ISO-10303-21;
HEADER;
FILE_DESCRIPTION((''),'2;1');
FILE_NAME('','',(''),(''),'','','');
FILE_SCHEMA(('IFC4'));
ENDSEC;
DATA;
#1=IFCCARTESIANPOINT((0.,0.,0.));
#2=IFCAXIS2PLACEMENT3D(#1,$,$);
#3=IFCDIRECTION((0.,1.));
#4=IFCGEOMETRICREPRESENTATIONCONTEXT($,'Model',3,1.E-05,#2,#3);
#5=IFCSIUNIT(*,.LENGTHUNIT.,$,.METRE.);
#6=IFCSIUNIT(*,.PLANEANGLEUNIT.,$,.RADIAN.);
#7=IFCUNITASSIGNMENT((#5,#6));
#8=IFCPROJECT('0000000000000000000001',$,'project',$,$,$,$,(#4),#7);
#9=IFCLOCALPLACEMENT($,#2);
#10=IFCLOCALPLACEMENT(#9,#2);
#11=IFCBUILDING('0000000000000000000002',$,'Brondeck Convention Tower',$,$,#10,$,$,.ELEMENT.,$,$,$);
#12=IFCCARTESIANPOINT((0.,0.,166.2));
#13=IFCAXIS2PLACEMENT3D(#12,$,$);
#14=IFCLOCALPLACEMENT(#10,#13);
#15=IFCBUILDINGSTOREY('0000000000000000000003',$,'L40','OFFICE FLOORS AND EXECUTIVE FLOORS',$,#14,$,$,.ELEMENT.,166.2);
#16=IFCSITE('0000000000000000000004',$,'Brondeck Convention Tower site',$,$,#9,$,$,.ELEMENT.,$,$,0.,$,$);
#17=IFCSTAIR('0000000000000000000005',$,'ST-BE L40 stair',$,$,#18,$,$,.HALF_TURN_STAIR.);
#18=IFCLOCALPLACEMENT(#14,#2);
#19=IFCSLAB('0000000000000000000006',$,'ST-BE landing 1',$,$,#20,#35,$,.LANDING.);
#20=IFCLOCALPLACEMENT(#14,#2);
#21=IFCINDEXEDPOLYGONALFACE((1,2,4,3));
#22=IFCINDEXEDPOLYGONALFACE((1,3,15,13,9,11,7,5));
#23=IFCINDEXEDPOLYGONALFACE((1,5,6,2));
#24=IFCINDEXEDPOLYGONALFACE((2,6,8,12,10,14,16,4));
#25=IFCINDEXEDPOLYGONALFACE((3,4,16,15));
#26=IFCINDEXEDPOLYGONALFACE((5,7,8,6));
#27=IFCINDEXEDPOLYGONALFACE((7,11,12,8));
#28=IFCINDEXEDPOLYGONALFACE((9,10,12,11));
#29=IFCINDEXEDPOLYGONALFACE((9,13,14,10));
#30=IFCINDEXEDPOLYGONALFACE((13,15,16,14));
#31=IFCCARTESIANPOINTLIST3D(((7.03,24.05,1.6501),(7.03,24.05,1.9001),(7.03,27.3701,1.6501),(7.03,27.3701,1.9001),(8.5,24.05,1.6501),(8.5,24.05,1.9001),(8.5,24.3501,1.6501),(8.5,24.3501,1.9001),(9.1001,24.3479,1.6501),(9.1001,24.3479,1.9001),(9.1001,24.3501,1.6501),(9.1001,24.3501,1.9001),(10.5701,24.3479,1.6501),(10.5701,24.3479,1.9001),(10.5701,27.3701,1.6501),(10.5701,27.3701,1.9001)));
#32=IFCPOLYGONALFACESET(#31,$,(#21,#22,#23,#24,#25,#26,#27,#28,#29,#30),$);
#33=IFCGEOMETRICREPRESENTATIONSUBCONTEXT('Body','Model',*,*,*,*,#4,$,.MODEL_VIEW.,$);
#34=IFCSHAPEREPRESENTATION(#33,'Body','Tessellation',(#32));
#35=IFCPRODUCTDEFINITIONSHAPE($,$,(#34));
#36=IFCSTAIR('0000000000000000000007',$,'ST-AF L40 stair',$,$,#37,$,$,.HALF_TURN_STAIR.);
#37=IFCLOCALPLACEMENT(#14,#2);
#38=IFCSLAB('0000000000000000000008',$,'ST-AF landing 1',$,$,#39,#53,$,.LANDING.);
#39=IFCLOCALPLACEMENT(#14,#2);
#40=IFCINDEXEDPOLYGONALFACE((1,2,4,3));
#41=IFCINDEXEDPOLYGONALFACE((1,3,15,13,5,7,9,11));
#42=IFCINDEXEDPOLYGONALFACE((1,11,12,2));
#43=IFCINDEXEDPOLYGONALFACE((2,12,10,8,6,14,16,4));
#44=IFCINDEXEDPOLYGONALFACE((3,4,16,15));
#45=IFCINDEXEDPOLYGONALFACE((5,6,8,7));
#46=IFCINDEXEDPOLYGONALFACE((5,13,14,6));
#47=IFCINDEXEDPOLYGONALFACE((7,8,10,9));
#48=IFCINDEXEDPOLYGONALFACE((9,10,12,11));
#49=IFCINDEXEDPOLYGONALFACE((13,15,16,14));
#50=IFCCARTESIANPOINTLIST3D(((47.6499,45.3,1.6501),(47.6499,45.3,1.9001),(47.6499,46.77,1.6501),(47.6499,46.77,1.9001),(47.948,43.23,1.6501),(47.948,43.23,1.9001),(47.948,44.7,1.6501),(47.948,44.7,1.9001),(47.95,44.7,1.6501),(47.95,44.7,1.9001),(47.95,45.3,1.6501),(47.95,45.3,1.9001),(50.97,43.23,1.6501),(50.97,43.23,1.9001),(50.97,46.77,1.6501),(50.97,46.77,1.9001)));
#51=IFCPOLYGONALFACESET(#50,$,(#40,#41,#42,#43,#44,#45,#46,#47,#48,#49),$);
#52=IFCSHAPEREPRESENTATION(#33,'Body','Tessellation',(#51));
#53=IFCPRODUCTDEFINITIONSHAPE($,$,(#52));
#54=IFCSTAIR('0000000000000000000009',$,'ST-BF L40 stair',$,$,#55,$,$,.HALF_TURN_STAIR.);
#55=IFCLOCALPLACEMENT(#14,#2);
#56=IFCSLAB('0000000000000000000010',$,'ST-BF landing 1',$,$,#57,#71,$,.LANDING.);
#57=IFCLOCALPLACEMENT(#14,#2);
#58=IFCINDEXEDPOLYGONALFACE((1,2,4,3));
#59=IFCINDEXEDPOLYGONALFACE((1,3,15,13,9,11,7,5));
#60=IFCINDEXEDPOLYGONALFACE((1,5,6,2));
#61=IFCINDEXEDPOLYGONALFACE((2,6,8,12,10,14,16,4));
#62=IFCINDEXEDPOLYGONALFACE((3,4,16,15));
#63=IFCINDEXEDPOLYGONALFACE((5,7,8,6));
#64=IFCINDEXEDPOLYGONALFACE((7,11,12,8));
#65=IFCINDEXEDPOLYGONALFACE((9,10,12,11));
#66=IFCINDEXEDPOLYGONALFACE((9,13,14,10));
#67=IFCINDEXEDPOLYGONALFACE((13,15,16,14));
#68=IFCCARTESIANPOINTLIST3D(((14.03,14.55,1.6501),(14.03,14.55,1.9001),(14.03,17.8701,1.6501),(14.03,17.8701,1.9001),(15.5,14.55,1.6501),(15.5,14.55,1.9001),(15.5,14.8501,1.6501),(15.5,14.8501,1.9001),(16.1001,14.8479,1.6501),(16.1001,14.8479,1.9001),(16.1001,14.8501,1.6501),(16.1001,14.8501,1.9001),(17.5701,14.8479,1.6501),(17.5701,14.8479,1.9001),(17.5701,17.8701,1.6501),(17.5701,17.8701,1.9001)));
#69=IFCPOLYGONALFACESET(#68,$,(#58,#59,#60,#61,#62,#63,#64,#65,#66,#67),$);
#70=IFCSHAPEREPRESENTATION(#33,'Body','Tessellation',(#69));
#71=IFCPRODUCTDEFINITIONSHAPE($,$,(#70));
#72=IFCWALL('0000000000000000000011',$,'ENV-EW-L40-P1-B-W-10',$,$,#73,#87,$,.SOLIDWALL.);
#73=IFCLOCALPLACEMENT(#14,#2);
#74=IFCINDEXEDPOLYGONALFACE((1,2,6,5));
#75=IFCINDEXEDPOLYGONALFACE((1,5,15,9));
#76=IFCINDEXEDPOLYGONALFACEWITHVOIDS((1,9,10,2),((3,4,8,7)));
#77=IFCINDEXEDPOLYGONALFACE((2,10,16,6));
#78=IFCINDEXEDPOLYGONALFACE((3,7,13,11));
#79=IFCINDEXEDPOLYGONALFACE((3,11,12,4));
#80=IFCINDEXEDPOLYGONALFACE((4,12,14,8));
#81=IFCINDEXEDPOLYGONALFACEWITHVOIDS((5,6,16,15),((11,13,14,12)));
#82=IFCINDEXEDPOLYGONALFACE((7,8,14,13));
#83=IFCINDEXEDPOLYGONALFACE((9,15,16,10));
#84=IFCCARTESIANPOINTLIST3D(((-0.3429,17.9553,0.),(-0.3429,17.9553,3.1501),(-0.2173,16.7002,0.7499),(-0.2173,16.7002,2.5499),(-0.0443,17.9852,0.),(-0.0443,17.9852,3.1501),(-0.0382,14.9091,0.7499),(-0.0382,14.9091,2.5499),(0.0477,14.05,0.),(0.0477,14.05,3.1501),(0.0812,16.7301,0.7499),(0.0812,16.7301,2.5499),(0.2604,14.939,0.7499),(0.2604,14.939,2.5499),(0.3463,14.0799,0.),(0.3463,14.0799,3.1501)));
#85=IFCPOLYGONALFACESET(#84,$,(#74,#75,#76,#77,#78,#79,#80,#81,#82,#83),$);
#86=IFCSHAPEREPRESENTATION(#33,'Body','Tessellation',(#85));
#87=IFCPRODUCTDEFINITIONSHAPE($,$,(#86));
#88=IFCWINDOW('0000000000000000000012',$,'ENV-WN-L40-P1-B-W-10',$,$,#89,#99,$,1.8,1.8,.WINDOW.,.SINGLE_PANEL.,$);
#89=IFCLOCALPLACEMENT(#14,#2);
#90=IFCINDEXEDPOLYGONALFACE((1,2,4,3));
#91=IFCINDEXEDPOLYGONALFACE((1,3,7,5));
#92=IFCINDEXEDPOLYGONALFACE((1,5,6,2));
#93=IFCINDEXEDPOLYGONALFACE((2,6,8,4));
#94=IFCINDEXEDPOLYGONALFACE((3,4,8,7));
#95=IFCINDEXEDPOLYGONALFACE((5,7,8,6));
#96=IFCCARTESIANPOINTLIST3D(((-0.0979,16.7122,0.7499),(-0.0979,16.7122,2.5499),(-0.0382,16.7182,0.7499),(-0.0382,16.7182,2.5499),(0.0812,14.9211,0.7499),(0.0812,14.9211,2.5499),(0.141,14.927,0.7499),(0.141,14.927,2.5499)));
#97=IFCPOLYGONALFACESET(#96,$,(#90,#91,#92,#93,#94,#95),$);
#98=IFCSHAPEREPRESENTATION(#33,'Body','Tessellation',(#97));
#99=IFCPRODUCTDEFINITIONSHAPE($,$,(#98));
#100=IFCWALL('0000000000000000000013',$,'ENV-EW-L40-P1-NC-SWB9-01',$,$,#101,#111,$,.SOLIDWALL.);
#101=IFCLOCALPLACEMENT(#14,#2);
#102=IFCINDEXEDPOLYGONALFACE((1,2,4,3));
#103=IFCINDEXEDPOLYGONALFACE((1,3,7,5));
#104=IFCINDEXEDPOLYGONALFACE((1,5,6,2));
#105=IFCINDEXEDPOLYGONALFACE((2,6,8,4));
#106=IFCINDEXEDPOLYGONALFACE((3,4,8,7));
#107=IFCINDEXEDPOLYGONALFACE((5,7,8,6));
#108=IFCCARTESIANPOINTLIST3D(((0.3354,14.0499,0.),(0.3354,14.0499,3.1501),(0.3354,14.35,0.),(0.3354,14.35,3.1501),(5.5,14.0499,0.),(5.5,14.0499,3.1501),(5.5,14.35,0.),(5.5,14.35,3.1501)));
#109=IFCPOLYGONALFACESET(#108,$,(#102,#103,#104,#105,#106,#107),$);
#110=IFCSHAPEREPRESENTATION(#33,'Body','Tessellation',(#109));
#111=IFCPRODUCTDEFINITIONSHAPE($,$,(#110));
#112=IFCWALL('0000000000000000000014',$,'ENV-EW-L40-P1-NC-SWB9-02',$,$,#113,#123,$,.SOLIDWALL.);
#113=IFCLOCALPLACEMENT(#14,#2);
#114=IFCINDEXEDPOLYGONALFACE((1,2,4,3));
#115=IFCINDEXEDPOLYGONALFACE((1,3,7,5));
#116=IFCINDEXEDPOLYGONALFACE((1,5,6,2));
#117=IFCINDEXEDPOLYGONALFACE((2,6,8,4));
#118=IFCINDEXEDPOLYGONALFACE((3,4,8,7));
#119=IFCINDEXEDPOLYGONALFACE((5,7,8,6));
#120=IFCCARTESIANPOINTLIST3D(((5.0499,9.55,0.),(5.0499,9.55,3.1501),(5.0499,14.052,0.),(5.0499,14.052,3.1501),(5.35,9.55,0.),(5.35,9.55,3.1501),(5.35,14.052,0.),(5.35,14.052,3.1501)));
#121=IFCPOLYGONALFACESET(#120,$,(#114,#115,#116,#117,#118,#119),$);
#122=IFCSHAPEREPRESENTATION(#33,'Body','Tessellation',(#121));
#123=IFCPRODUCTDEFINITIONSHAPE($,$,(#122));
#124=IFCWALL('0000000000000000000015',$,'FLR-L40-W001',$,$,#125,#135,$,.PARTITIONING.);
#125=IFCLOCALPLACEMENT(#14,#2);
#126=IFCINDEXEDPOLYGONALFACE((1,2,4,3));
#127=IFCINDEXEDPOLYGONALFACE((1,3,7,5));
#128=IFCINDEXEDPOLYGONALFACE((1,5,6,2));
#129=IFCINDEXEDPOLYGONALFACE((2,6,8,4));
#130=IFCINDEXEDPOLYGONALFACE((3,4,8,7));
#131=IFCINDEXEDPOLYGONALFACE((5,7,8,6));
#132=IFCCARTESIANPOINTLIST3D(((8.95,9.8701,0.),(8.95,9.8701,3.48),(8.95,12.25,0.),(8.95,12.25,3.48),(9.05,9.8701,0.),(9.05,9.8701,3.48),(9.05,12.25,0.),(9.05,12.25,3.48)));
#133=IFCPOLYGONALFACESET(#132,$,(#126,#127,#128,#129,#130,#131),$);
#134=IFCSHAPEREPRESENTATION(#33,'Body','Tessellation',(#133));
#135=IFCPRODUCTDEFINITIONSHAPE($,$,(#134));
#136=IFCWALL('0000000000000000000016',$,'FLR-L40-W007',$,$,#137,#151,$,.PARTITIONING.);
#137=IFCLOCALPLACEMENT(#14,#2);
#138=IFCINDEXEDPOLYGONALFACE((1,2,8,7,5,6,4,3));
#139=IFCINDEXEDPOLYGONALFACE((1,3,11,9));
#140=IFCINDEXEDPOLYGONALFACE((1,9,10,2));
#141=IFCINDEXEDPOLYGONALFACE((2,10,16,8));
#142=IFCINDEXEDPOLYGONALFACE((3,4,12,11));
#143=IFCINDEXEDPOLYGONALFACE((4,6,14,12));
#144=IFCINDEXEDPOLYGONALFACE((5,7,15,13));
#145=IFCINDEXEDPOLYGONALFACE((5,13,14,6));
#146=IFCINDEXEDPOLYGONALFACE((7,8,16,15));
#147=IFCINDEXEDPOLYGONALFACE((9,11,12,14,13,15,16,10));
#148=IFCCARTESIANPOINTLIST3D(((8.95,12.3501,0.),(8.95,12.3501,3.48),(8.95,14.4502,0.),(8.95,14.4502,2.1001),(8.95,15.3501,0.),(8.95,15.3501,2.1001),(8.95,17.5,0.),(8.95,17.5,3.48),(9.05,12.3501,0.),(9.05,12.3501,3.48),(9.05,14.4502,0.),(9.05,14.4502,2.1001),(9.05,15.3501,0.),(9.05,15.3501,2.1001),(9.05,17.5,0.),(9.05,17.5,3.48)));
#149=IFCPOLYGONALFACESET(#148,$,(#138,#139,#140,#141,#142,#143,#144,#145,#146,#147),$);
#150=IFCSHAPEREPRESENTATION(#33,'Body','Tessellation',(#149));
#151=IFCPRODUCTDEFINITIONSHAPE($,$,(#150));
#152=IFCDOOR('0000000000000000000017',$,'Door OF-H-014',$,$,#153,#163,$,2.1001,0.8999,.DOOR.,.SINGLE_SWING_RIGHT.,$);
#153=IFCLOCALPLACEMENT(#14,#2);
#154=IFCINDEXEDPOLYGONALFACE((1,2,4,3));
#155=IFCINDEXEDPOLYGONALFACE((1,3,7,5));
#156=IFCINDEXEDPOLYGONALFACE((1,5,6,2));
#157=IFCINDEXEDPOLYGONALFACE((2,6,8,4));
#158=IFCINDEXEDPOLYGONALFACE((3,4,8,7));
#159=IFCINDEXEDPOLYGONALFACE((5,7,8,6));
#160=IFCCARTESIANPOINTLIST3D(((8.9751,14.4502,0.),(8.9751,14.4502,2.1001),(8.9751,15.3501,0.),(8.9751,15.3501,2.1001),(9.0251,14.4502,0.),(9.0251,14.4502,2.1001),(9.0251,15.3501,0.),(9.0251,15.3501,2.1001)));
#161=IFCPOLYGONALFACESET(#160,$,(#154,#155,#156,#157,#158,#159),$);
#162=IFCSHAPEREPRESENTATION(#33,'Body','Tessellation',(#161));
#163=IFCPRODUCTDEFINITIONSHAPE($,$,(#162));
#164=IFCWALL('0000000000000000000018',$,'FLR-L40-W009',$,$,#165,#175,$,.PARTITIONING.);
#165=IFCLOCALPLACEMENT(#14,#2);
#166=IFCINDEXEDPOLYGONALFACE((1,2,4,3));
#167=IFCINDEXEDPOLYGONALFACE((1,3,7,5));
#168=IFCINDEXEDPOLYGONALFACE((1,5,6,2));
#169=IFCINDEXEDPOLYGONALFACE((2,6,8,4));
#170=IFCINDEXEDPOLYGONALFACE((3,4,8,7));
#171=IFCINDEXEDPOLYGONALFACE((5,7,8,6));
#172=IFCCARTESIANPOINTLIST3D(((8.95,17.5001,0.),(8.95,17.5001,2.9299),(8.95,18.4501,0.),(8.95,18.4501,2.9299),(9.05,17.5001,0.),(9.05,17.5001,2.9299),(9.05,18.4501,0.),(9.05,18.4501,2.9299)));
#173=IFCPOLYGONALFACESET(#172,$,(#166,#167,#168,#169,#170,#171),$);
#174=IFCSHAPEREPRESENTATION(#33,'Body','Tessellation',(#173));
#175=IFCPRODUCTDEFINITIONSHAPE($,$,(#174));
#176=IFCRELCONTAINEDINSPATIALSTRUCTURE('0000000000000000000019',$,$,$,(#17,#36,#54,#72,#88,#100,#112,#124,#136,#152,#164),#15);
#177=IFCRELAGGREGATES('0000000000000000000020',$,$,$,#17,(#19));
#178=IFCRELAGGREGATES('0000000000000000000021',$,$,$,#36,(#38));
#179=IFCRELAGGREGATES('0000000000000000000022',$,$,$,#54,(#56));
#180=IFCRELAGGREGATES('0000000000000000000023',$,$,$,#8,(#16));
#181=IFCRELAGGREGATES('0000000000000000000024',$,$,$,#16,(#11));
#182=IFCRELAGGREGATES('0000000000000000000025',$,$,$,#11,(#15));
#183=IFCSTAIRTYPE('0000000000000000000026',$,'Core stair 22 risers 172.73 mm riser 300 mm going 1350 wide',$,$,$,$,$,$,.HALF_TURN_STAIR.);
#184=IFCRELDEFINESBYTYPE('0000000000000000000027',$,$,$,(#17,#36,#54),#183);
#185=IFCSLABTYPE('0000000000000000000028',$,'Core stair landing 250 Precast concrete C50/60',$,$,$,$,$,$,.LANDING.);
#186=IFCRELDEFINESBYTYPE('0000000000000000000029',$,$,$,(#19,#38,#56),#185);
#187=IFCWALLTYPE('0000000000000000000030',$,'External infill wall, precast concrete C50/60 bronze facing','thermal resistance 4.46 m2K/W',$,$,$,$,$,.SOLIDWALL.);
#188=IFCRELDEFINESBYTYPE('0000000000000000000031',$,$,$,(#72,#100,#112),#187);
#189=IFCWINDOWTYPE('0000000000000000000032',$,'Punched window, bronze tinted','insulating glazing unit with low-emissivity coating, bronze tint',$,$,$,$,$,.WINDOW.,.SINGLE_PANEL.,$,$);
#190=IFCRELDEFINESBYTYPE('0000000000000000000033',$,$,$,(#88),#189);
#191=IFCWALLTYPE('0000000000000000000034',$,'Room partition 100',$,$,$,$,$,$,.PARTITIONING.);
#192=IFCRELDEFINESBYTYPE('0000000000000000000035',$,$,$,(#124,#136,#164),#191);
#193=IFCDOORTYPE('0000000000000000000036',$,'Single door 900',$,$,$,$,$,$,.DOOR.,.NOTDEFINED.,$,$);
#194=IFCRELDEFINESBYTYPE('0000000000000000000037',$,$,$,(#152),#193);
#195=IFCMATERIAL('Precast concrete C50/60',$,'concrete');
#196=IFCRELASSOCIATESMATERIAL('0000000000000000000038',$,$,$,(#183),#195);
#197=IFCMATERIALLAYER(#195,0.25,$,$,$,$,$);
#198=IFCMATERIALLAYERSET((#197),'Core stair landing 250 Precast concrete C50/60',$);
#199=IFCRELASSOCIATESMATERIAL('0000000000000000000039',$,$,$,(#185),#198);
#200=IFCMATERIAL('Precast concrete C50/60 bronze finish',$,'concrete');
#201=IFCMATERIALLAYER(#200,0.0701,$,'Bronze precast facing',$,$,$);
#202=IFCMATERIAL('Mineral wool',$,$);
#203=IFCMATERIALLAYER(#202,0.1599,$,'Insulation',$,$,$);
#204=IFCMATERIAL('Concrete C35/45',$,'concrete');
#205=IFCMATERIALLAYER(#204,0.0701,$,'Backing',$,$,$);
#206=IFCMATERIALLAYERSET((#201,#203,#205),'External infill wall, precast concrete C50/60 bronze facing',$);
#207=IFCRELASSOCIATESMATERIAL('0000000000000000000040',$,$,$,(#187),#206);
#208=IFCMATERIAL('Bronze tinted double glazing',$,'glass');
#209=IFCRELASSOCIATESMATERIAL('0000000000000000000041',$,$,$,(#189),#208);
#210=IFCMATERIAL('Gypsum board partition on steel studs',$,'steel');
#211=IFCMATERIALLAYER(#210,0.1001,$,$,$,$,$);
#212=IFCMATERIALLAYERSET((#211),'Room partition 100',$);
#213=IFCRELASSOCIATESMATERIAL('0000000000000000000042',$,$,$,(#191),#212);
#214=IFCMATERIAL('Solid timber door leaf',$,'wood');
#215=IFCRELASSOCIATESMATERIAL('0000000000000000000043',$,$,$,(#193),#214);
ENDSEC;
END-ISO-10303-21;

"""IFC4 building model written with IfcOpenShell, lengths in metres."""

from ifc_helpers import new_model, si_unit, direction, frame, frame_2d, origin, place, context, subcontext, project, spatial, polyline, rectangle, outline, extrude, material, layer, layer_set, type_object, element, fill, aggregate, save


model = new_model("IFC4")

# Units and contexts
model_context = context("Model", 3, precision=1e-05, world=origin(), true_north=direction((0.0, 1.0)))
body_context = subcontext(model_context, "Body", "Model", "MODEL_VIEW")
ifc_project = project(units=[si_unit("LENGTHUNIT", "METRE"), si_unit("PLANEANGLEUNIT", "RADIAN")], contexts=[model_context])

# Site, building, storey
site_placement = place(None, origin())
site = spatial("IfcSite", under=ifc_project, at=site_placement, Name="Brondeck Convention Tower site", CompositionType="ELEMENT", RefElevation=0.0)
building_placement = place(site_placement, origin())
building = spatial("IfcBuilding", under=site, at=building_placement, Name="Brondeck Convention Tower", CompositionType="ELEMENT")
storey_placement = place(building_placement, frame((0.0, 0.0, 166.2)))
storey = spatial("IfcBuildingStorey", under=building, at=storey_placement, Name="L40", Description="OFFICE FLOORS AND EXECUTIVE FLOORS", CompositionType="ELEMENT", Elevation=166.2)

# Shared definitions
ifc_material_1 = material(Name="Concrete C35/45", Category="concrete")

# Stairs, slabs
ifc_material_2 = material(Name="Precast concrete C50/60", Category="concrete")
stair_type = type_object("IfcStairType", Name="Core stair 22 risers 172.73 mm riser 300 mm going 1350 wide", PredefinedType="HALF_TURN_STAIR", material=ifc_material_2)
ifc_layer_1 = layer(ifc_material_2, 0.25)
ifc_layer_set_1 = layer_set([ifc_layer_1], Name="Core stair landing 250 Precast concrete C50/60")
slab_type_1 = type_object("IfcSlabType", Name="Core stair landing 250 Precast concrete C50/60", PredefinedType="LANDING", material=ifc_layer_set_1)
stair_1_placement = place(storey_placement, origin())
stair_1 = element("IfcStair", 1, at=stair_1_placement, inside=storey, type_object=stair_type, Name="ST-BE L40 stair", PredefinedType="HALF_TURN_STAIR")
slab_1_placement = place(storey_placement, frame((0.0, 0.0, 1.6501)))
slab_1 = element("IfcSlab", 2, at=slab_1_placement, type_object=slab_type_1, Name="ST-BE landing 1", PredefinedType="LANDING", context=body_context, shape_type="SweptSolid", body=[
    extrude(outline(polyline([(7.03, 24.05), (7.03, 27.3701), (10.5701, 27.3701), (10.5701, 24.3479), (9.1001, 24.3479), (9.1001, 24.3501), (8.5, 24.3501), (8.5, 24.05), (7.03, 24.05)])), origin(), (0.0, 0.0, 1.0), 0.25),
])
aggregate(stair_1, [slab_1])
stair_2_placement = place(storey_placement, origin())
stair_2 = element("IfcStair", 3, at=stair_2_placement, inside=storey, type_object=stair_type, Name="ST-AF L40 stair", PredefinedType="HALF_TURN_STAIR")
slab_2_placement = place(storey_placement, frame((0.0, 0.0, 1.6501)))
slab_2 = element("IfcSlab", 4, at=slab_2_placement, type_object=slab_type_1, Name="ST-AF landing 1", PredefinedType="LANDING", context=body_context, shape_type="SweptSolid", body=[
    extrude(outline(polyline([(47.948, 44.7), (47.95, 44.7), (47.95, 45.3), (47.6499, 45.3), (47.6499, 46.77), (50.97, 46.77), (50.97, 43.23), (47.948, 43.23), (47.948, 44.7)])), origin(), (0.0, 0.0, 1.0), 0.25),
])
aggregate(stair_2, [slab_2])
stair_3_placement = place(storey_placement, origin())
stair_3 = element("IfcStair", 5, at=stair_3_placement, inside=storey, type_object=stair_type, Name="ST-BF L40 stair", PredefinedType="HALF_TURN_STAIR")
slab_3_placement = place(storey_placement, frame((0.0, 0.0, 1.6501)))
slab_3 = element("IfcSlab", 6, at=slab_3_placement, type_object=slab_type_1, Name="ST-BF landing 1", PredefinedType="LANDING", context=body_context, shape_type="SweptSolid", body=[
    extrude(outline(polyline([(14.03, 14.55), (14.03, 17.8701), (17.5701, 17.8701), (17.5701, 14.8479), (16.1001, 14.8479), (16.1001, 14.8501), (15.5, 14.8501), (15.5, 14.55), (14.03, 14.55)])), origin(), (0.0, 0.0, 1.0), 0.25),
])
aggregate(stair_3, [slab_3])

# Wall, opening, window
ifc_material_3 = material(Name="Precast concrete C50/60 bronze finish", Category="concrete")
ifc_layer_2 = layer(ifc_material_3, 0.0701, Name="Bronze precast facing")
ifc_material_4 = material(Name="Mineral wool")
ifc_layer_3 = layer(ifc_material_4, 0.1599, Name="Insulation")
ifc_layer_4 = layer(ifc_material_1, 0.0701, Name="Backing")
ifc_layer_set_2 = layer_set([ifc_layer_2, ifc_layer_3, ifc_layer_4], Name="External infill wall, precast concrete C50/60 bronze facing")
wall_type_1 = type_object("IfcWallType", Name="External infill wall, precast concrete C50/60 bronze facing", Description="thermal resistance 4.46 m2K/W", PredefinedType="SOLIDWALL", material=ifc_layer_set_2)
wall_1_placement = place(storey_placement, frame((0.197, 14.0649, 0.0), z_axis=(0.0, 0.0, 1.0), x_axis=(-0.099528, 0.995035, 0.0)))
wall_1 = element("IfcWall", 7, at=wall_1_placement, inside=storey, type_object=wall_type_1, Name="ENV-EW-L40-P1-B-W-10", PredefinedType="SOLIDWALL", context=body_context, shape_type="SweptSolid", body=[
    extrude(rectangle(XDim=3.9248, YDim=0.3, at=frame_2d((1.9624, 0.0))), origin(), (0.0, 0.0, 1.0), 3.1501),
])
opening_1_placement = place(wall_1_placement, frame((0.8635, 0.0, 0.75)))
opening_1 = element("IfcOpeningElement", 8, at=opening_1_placement, cuts=wall_1, PredefinedType="OPENING", context=body_context, shape_type="SweptSolid", body=[
    extrude(rectangle(XDim=1.8, YDim=1.8, at=frame_2d((0.8999, 0.8999))), frame((0.0, 0.1599, 0.0), z_axis=(0.0, -1.0, 0.0), x_axis=(1.0, 0.0, 0.0)), (0.0, 0.0, 1.0), 0.3201),
])
ifc_material_5 = material(Name="Bronze tinted double glazing", Category="glass")
window_type = type_object("IfcWindowType", Name="Punched window, bronze tinted", Description="insulating glazing unit with low-emissivity coating, bronze tint", PartitioningType="SINGLE_PANEL", PredefinedType="WINDOW", material=ifc_material_5)
window_placement = place(opening_1_placement, origin())
window = element("IfcWindow", 9, at=window_placement, inside=storey, type_object=window_type, Name="ENV-WN-L40-P1-B-W-10", OverallHeight=1.8, OverallWidth=1.8, PartitioningType="SINGLE_PANEL", PredefinedType="WINDOW", context=body_context, shape_type="SweptSolid", body=[
    extrude(rectangle(XDim=1.8, YDim=1.8, at=frame_2d((0.8999, 0.8999))), frame((0.0, 0.03, 0.0), z_axis=(0.0, -1.0, 0.0), x_axis=(1.0, 0.0, 0.0)), (0.0, 0.0, 1.0), 0.0601),
])
fill(opening_1, window)

# Walls
wall_2_placement = place(storey_placement, frame((5.5, 14.2, 0.0), z_axis=(0.0, 0.0, 1.0), x_axis=(-1.0, 0.0, 0.0)))
element("IfcWall", 10, at=wall_2_placement, inside=storey, type_object=wall_type_1, Name="ENV-EW-L40-P1-NC-SWB9-01", PredefinedType="SOLIDWALL", context=body_context, shape_type="SweptSolid", body=[
    extrude(rectangle(XDim=5.1646, YDim=0.3, at=frame_2d((2.5823, 0.0))), origin(), (0.0, 0.0, 1.0), 3.1501),
])
wall_3_placement = place(storey_placement, frame((5.2, 9.55, 0.0), z_axis=(0.0, 0.0, 1.0), x_axis=(0.0, 1.0, 0.0)))
element("IfcWall", 11, at=wall_3_placement, inside=storey, type_object=wall_type_1, Name="ENV-EW-L40-P1-NC-SWB9-02", PredefinedType="SOLIDWALL", context=body_context, shape_type="SweptSolid", body=[
    extrude(rectangle(XDim=4.502, YDim=0.3, at=frame_2d((2.251, 0.0))), origin(), (0.0, 0.0, 1.0), 3.1501),
])
ifc_material_6 = material(Name="Gypsum board partition on steel studs", Category="steel")
ifc_layer_5 = layer(ifc_material_6, 0.1001)
ifc_layer_set_3 = layer_set([ifc_layer_5], Name="Room partition 100")
wall_type_2 = type_object("IfcWallType", Name="Room partition 100", PredefinedType="PARTITIONING", material=ifc_layer_set_3)
wall_4_placement = place(storey_placement, frame((9.0, 9.8701, 0.0), z_axis=(0.0, 0.0, 1.0), x_axis=(0.0, 1.0, 0.0)))
element("IfcWall", 12, at=wall_4_placement, inside=storey, type_object=wall_type_2, Name="FLR-L40-W001", PredefinedType="PARTITIONING", context=body_context, shape_type="SweptSolid", body=[
    extrude(rectangle(XDim=2.3799, YDim=0.1001, at=frame_2d((1.1899, 0.0))), origin(), (0.0, 0.0, 1.0), 3.48),
])

# Wall, opening, door
wall_5_placement = place(storey_placement, frame((9.0, 12.3501, 0.0), z_axis=(0.0, 0.0, 1.0), x_axis=(0.0, 1.0, 0.0)))
wall_5 = element("IfcWall", 13, at=wall_5_placement, inside=storey, type_object=wall_type_2, Name="FLR-L40-W007", PredefinedType="PARTITIONING", context=body_context, shape_type="SweptSolid", body=[
    extrude(rectangle(XDim=5.1499, YDim=0.1001, at=frame_2d((2.575, 0.0))), origin(), (0.0, 0.0, 1.0), 3.48),
])
opening_2_placement = place(wall_5_placement, frame((2.1001, 0.0, 0.0)))
opening_2 = element("IfcOpeningElement", 14, at=opening_2_placement, cuts=wall_5, PredefinedType="OPENING", context=body_context, shape_type="SweptSolid", body=[
    extrude(rectangle(XDim=0.8999, YDim=2.1001, at=frame_2d((0.45, 1.05))), frame((0.0, 0.0601, 0.0), z_axis=(0.0, -1.0, 0.0), x_axis=(1.0, 0.0, 0.0)), (0.0, 0.0, 1.0), 0.1201),
])
ifc_material_7 = material(Name="Solid timber door leaf", Category="wood")
door_type = type_object("IfcDoorType", Name="Single door 900", OperationType="NOTDEFINED", PredefinedType="DOOR", material=ifc_material_7)
door_placement = place(opening_2_placement, origin())
door = element("IfcDoor", 15, at=door_placement, inside=storey, type_object=door_type, Name="Door OF-H-014", OperationType="SINGLE_SWING_RIGHT", OverallHeight=2.1001, OverallWidth=0.8999, PredefinedType="DOOR", context=body_context, shape_type="SweptSolid", body=[
    extrude(rectangle(XDim=0.8999, YDim=2.1001, at=frame_2d((0.45, 1.05))), frame((0.0, 0.0249, 0.0), z_axis=(0.0, -1.0, 0.0), x_axis=(1.0, 0.0, 0.0)), (0.0, 0.0, 1.0), 0.05),
])
fill(opening_2, door)

# Wall
wall_6_placement = place(storey_placement, frame((9.0, 17.5, 0.0), z_axis=(0.0, 0.0, 1.0), x_axis=(0.0, 1.0, 0.0)))
element("IfcWall", 16, at=wall_6_placement, inside=storey, type_object=wall_type_2, Name="FLR-L40-W009", PredefinedType="PARTITIONING", context=body_context, shape_type="SweptSolid", body=[
    extrude(rectangle(XDim=0.95, YDim=0.1001, at=frame_2d((0.4751, 0.0))), origin(), (0.0, 0.0, 1.0), 2.9299),
])

save(model, "model.ifc")
